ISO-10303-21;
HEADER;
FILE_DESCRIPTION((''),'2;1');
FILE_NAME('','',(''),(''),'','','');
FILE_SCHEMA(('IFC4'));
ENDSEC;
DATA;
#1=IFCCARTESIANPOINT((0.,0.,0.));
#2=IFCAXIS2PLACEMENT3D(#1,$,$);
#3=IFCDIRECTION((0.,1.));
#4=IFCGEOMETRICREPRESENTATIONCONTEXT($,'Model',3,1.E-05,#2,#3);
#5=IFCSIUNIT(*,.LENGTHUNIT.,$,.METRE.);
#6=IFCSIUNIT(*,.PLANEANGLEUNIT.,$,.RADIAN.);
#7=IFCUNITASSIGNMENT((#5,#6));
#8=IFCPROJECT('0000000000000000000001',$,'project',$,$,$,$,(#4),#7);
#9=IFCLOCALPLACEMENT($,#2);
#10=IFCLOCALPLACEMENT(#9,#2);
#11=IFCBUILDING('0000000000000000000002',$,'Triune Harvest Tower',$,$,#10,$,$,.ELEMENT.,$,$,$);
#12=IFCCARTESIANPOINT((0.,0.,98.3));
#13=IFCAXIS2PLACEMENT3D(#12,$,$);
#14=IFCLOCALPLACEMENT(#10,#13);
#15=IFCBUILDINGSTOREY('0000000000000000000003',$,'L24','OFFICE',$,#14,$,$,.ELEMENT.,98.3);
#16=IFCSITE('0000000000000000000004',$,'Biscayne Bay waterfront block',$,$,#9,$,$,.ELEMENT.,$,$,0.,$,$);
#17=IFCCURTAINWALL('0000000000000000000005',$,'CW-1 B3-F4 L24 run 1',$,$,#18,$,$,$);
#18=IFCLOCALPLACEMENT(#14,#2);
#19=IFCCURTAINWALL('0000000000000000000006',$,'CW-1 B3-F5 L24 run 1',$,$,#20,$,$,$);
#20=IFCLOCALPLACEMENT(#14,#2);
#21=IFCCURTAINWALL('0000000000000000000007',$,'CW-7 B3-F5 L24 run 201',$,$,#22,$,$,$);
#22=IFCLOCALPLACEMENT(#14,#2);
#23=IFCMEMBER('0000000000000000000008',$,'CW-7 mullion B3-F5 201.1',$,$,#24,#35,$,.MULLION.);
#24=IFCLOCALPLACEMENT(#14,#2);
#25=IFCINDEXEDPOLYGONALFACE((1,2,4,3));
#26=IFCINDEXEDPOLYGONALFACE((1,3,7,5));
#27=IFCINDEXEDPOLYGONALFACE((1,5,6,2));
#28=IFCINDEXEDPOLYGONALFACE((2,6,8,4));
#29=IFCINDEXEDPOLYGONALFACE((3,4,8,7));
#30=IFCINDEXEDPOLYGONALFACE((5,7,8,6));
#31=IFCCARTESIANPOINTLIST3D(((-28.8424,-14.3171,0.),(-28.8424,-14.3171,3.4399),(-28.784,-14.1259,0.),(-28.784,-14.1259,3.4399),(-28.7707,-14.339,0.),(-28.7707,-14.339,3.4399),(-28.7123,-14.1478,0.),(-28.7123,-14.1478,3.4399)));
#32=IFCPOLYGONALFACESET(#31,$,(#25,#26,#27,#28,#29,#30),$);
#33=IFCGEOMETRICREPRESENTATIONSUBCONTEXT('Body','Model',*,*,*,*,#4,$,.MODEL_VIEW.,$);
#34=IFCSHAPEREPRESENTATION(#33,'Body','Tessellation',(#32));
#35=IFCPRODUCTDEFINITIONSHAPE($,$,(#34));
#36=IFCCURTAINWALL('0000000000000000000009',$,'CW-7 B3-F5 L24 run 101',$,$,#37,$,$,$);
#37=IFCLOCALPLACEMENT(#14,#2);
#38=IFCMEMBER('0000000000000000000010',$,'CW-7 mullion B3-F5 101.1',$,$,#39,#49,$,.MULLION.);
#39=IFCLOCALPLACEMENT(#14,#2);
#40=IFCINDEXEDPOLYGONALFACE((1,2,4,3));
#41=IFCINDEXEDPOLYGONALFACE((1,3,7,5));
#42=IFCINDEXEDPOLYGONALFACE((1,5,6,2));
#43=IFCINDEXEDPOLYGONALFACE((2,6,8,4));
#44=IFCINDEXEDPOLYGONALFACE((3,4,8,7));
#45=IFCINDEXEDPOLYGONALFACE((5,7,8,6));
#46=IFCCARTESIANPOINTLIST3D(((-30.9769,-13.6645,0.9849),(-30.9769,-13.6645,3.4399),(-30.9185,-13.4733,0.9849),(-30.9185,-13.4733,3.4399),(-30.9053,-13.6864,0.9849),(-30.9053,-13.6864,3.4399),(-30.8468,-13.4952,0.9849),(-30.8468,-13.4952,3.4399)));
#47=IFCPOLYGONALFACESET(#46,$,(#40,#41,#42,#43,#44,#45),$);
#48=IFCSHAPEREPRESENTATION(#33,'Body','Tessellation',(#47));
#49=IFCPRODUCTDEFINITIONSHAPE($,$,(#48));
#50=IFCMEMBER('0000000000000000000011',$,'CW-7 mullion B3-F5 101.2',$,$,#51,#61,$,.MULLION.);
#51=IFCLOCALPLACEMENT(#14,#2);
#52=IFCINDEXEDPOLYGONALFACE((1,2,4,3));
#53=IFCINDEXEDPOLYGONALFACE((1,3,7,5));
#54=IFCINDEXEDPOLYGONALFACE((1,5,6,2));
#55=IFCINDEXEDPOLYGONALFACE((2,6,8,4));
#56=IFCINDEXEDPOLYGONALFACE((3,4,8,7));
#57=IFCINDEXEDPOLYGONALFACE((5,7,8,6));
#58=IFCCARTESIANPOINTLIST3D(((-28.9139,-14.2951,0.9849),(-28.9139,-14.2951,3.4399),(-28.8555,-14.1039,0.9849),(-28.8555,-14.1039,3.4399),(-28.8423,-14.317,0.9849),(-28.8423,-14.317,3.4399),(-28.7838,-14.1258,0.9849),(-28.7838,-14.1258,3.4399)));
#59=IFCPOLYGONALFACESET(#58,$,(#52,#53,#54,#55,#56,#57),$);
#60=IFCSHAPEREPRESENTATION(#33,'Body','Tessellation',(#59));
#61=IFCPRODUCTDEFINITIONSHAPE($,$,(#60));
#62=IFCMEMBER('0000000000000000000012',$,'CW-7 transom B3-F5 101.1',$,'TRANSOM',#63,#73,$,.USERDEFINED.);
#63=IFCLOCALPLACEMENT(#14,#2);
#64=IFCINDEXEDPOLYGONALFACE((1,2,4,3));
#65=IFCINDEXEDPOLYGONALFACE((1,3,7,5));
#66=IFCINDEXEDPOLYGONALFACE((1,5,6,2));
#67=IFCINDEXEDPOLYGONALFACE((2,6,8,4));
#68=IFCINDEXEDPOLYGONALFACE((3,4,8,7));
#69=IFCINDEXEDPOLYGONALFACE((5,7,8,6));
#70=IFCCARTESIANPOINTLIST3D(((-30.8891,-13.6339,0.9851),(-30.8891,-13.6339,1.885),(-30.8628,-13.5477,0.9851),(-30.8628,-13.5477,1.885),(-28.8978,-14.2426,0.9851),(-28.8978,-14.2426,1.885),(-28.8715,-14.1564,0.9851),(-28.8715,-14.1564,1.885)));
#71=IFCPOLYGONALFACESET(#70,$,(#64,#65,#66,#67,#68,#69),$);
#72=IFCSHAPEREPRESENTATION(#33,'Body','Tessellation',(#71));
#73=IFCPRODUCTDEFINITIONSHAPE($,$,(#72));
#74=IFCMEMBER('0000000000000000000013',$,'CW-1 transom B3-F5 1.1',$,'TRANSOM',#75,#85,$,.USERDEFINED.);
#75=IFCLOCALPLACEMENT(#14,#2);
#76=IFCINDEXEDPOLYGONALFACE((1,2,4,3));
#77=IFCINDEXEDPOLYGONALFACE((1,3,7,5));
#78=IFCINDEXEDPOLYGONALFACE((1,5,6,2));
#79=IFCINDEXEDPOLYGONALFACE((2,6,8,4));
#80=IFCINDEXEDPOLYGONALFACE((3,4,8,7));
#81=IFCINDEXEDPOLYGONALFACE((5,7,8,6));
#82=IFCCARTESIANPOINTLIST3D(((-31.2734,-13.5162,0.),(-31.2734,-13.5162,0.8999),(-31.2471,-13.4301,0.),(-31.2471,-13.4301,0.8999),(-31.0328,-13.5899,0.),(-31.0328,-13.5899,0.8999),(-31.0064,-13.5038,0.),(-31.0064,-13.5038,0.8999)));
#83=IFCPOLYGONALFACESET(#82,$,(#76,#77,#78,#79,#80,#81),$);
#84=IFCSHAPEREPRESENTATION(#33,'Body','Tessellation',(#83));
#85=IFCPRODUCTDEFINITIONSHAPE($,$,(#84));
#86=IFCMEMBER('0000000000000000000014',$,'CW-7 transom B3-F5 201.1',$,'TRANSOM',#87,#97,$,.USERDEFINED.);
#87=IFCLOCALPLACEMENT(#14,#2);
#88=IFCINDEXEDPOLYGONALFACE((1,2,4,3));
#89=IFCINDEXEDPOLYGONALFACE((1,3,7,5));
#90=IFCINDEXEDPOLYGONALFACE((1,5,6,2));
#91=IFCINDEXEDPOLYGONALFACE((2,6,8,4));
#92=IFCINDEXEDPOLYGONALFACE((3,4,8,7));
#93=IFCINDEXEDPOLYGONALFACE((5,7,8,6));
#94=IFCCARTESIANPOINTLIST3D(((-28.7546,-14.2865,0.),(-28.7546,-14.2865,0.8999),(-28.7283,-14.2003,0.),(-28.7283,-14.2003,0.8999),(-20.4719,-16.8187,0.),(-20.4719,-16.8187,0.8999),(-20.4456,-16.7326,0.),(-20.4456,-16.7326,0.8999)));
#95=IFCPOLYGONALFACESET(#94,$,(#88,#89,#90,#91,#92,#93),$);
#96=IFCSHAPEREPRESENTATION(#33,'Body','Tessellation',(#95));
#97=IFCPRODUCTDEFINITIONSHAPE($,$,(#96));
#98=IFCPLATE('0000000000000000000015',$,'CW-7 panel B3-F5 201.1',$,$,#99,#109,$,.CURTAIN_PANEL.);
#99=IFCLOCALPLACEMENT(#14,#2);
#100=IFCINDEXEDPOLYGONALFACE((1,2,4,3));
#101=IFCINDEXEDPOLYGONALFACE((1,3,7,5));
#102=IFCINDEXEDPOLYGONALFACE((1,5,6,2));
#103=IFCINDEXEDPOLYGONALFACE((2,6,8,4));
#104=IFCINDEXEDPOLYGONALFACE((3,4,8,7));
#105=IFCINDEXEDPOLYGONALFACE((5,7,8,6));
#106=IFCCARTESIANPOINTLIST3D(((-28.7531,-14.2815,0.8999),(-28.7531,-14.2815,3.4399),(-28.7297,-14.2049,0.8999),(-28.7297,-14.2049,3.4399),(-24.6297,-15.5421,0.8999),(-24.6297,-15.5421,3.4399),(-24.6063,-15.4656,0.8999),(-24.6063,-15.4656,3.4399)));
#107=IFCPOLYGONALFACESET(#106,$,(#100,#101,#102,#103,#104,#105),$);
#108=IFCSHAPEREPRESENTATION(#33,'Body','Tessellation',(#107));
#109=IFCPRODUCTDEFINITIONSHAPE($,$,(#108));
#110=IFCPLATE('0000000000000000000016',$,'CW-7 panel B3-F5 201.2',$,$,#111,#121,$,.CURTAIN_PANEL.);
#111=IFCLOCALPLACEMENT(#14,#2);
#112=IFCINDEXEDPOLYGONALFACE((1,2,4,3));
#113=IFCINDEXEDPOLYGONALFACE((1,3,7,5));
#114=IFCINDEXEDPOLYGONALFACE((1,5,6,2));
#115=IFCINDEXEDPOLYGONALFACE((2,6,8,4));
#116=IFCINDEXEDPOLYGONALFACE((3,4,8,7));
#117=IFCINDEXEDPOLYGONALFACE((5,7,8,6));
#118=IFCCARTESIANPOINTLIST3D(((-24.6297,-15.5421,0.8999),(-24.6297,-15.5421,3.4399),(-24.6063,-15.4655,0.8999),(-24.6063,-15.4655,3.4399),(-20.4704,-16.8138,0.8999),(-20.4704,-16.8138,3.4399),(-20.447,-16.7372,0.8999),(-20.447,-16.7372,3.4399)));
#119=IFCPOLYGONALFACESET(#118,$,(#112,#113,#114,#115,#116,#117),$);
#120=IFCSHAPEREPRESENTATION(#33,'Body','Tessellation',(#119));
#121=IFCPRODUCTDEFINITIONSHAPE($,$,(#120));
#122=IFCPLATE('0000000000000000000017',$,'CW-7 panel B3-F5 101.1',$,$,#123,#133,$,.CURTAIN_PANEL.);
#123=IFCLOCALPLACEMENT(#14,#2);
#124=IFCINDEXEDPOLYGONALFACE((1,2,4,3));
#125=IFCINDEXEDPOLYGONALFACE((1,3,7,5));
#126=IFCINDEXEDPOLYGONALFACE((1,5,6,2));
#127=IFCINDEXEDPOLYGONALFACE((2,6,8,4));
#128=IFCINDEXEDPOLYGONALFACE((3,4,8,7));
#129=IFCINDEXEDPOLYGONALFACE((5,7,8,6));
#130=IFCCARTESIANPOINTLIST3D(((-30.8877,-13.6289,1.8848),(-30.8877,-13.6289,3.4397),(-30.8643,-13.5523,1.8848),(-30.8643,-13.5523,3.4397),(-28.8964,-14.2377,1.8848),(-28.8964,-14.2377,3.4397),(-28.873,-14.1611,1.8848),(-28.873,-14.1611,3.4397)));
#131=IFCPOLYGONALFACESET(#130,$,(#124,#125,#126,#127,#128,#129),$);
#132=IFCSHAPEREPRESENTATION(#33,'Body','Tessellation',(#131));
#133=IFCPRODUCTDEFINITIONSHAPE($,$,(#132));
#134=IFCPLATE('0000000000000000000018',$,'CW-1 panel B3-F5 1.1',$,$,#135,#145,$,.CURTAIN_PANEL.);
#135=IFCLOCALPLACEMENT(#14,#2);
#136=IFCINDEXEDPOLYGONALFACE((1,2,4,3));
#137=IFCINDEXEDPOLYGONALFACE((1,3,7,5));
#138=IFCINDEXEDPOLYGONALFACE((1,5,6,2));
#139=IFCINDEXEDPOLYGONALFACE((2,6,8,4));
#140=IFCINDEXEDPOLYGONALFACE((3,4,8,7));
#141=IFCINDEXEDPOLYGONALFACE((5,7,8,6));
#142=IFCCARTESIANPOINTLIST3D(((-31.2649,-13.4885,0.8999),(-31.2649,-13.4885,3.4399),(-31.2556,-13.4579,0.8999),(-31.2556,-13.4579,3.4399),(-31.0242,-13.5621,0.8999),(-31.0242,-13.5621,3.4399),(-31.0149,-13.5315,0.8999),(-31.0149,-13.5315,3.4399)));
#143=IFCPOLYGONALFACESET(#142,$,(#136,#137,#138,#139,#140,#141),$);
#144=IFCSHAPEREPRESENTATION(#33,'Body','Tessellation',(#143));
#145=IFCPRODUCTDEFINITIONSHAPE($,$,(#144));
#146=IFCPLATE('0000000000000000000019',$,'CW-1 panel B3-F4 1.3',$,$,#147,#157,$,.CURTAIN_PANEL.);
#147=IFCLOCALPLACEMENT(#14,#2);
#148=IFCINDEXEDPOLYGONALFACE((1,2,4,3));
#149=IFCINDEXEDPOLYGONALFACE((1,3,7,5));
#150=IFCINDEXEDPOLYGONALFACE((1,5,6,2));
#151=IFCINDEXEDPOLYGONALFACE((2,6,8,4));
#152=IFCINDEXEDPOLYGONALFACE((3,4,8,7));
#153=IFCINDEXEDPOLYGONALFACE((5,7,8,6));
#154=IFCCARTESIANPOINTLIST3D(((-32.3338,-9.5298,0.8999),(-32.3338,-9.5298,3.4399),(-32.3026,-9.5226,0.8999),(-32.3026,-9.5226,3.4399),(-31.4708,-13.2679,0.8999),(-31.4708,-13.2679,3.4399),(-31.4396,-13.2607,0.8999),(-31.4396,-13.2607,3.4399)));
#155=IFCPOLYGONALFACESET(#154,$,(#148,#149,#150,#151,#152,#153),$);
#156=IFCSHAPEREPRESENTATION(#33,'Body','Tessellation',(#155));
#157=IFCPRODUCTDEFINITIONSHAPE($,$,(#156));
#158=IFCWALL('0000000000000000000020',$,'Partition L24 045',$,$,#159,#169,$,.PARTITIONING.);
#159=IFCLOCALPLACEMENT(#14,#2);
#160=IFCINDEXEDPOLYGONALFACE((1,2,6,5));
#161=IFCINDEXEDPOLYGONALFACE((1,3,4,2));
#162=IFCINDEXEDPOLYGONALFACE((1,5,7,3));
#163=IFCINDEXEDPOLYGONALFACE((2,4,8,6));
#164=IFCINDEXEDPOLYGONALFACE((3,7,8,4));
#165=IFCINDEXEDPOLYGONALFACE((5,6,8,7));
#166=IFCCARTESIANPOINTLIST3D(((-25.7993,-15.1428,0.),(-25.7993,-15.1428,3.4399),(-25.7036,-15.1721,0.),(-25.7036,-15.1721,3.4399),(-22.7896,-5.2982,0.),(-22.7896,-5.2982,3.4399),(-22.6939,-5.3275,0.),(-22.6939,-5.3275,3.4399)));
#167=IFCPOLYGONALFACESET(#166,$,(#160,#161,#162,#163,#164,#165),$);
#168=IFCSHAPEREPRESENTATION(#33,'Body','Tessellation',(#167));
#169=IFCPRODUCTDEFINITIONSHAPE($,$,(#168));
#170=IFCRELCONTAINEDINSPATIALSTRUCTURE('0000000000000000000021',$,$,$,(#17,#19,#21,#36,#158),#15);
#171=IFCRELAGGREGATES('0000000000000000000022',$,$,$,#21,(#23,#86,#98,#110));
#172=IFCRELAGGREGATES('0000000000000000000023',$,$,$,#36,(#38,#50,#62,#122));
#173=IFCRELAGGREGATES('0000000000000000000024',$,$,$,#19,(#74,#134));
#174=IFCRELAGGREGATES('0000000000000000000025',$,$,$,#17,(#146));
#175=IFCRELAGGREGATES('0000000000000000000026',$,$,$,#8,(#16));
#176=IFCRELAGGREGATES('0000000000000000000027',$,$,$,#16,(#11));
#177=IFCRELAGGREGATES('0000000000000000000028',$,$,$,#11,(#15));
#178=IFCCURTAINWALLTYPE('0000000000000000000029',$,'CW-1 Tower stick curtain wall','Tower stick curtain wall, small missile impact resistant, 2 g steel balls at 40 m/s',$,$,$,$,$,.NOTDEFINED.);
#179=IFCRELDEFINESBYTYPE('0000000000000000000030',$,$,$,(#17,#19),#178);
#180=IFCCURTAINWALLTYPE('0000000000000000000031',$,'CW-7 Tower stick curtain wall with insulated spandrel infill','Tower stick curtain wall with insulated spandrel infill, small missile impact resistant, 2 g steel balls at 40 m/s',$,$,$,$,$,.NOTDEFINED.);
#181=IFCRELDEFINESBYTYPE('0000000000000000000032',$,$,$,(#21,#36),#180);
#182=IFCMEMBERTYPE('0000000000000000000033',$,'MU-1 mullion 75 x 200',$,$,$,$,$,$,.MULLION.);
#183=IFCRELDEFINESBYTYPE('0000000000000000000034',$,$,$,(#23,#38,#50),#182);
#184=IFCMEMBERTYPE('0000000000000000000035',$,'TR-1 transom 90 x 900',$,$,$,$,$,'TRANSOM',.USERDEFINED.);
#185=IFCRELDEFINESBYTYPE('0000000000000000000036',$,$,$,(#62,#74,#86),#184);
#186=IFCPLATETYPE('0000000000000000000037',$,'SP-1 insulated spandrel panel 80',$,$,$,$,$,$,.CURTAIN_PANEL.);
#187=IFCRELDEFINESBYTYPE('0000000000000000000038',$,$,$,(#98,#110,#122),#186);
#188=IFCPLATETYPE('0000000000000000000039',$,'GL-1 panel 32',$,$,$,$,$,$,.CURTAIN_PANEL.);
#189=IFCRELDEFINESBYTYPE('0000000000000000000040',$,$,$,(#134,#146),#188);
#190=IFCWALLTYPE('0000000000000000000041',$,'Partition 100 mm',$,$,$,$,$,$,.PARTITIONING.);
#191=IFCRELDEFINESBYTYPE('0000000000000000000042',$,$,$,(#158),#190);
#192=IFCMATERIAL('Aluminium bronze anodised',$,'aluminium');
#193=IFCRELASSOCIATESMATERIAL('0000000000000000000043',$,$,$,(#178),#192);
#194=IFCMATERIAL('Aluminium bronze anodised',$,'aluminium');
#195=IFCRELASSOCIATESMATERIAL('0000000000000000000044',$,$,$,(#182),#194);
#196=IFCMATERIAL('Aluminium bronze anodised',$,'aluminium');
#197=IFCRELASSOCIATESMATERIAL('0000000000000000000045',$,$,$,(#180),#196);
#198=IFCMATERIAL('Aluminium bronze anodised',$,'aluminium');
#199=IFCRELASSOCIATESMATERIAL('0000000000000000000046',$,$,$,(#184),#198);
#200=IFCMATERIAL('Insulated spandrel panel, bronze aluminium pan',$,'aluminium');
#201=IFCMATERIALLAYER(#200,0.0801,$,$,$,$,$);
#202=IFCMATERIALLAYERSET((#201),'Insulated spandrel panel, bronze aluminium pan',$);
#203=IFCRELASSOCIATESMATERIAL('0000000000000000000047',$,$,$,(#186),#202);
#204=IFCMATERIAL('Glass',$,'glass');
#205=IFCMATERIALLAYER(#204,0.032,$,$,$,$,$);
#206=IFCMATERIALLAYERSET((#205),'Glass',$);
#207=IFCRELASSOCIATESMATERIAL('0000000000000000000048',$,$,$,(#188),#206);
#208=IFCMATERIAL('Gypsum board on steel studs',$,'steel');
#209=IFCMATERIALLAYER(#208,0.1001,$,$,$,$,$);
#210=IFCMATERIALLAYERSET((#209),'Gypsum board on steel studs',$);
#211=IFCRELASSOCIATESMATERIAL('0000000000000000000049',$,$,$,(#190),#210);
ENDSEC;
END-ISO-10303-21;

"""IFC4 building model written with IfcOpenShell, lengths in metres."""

from ifc_helpers import new_model, si_unit, direction, frame, frame_2d, origin, origin_2d, place, context, subcontext, project, spatial, rectangle, extrude, source, transform, mapped, material, layer, layer_set, material_profile, profile_set, type_object, element, aggregate, save


model = new_model("IFC4")

# Units and contexts
model_context = context("Model", 3, precision=1e-05, world=origin(), true_north=direction((0.0, 1.0)))
body_context = subcontext(model_context, "Body", "Model", "MODEL_VIEW")
ifc_project = project(units=[si_unit("LENGTHUNIT", "METRE"), si_unit("PLANEANGLEUNIT", "RADIAN")], contexts=[model_context])

# Site, building, storey
site_placement = place(None, origin())
site = spatial("IfcSite", under=ifc_project, at=site_placement, Name="Biscayne Bay waterfront block", CompositionType="ELEMENT", RefElevation=0.0)
building_placement = place(site_placement, origin())
building = spatial("IfcBuilding", under=site, at=building_placement, Name="Triune Harvest Tower", CompositionType="ELEMENT")
storey_placement = place(building_placement, frame((0.0, 0.0, 98.3)))
storey = spatial("IfcBuildingStorey", under=building, at=storey_placement, Name="L24", Description="OFFICE", CompositionType="ELEMENT", Elevation=98.3)

# Curtain wall
ifc_material_1 = material(Name="Aluminium bronze anodised", Category="aluminium")
curtain_wall_type_1 = type_object("IfcCurtainWallType", Name="CW-1 Tower stick curtain wall", Description="Tower stick curtain wall, small missile impact resistant, 2 g steel balls at 40 m/s", PredefinedType="NOTDEFINED", material=ifc_material_1)
curtain_wall_1_placement = place(storey_placement, origin())
curtain_wall_1 = element("IfcCurtainWall", 1, at=curtain_wall_1_placement, inside=storey, type_object=curtain_wall_type_1, Name="CW-1 B3-F4 L24 run 1")
ifc_material_2 = material(Name="Aluminium bronze anodised", Category="aluminium")
ifc_material_profile_1 = material_profile(ifc_material_2, rectangle(XDim=0.2, YDim=0.075, at=origin_2d()), Name="MU-1 mullion 75 x 200")
ifc_profile_set_1 = profile_set([ifc_material_profile_1], Name="Aluminium bronze anodised")
member_type_1 = type_object("IfcMemberType", Name="MU-1 mullion 75 x 200", PredefinedType="MULLION", material=ifc_profile_set_1)
shared_shape_1 = source(origin(), body_context, "Body", "SweptSolid", [
    extrude(rectangle(XDim=0.2, YDim=0.075, at=origin_2d()), origin(), (0.0, 0.0, 1.0), 3.4399),
])

# Curtain wall
curtain_wall_2_placement = place(storey_placement, origin())
curtain_wall_2 = element("IfcCurtainWall", 2, at=curtain_wall_2_placement, inside=storey, type_object=curtain_wall_type_1, Name="CW-1 B3-F5 L24 run 1")

# Curtain wall, member
ifc_material_3 = material(Name="Aluminium bronze anodised", Category="aluminium")
curtain_wall_type_2 = type_object("IfcCurtainWallType", Name="CW-7 Tower stick curtain wall with insulated spandrel infill", Description="Tower stick curtain wall with insulated spandrel infill, small missile impact resistant, 2 g steel balls at 40 m/s", PredefinedType="NOTDEFINED", material=ifc_material_3)
curtain_wall_3_placement = place(storey_placement, origin())
curtain_wall_3 = element("IfcCurtainWall", 3, at=curtain_wall_3_placement, inside=storey, type_object=curtain_wall_type_2, Name="CW-7 B3-F5 L24 run 201")
member_1_placement = place(storey_placement, frame((-28.7773, -14.2324, 0.0), z_axis=(0.0, 0.0, 1.0), x_axis=(0.292371, 0.956305, 0.0)))
member_1 = element("IfcMember", 4, at=member_1_placement, type_object=member_type_1, Name="CW-7 mullion B3-F5 201.1", PredefinedType="MULLION", context=body_context, shape_type="MappedRepresentation", body=[
    mapped(shared_shape_1, transform((0.0, 0.0, 0.0), scale=1.0)),
])

# Curtain wall, members
curtain_wall_4_placement = place(storey_placement, origin())
curtain_wall_4 = element("IfcCurtainWall", 5, at=curtain_wall_4_placement, inside=storey, type_object=curtain_wall_type_2, Name="CW-7 B3-F5 L24 run 101")
shared_shape_2 = source(origin(), body_context, "Body", "SweptSolid", [
    extrude(rectangle(XDim=0.2, YDim=0.075, at=origin_2d()), origin(), (0.0, 0.0, 1.0), 2.4551),
])
member_2_placement = place(storey_placement, frame((-30.9119, -13.5798, 0.9849), z_axis=(0.0, 0.0, 1.0), x_axis=(0.292354, 0.95631, 0.0)))
member_2 = element("IfcMember", 6, at=member_2_placement, type_object=member_type_1, Name="CW-7 mullion B3-F5 101.1", PredefinedType="MULLION", context=body_context, shape_type="MappedRepresentation", body=[
    mapped(shared_shape_2, transform((0.0, 0.0, 0.0), scale=1.0)),
])
member_3_placement = place(storey_placement, frame((-28.8489, -14.2104, 0.9849), z_axis=(0.0, 0.0, 1.0), x_axis=(0.292354, 0.95631, 0.0)))
member_3 = element("IfcMember", 7, at=member_3_placement, type_object=member_type_1, Name="CW-7 mullion B3-F5 101.2", PredefinedType="MULLION", context=body_context, shape_type="MappedRepresentation", body=[
    mapped(shared_shape_2, transform((0.0, 0.0, 0.0), scale=1.0)),
])
ifc_material_4 = material(Name="Aluminium bronze anodised", Category="aluminium")
ifc_material_profile_2 = material_profile(ifc_material_4, rectangle(XDim=0.0901, YDim=0.8999, at=origin_2d()), Name="TR-1 transom 90 x 900")
ifc_profile_set_2 = profile_set([ifc_material_profile_2], Name="Aluminium bronze anodised")
member_type_2 = type_object("IfcMemberType", Name="TR-1 transom 90 x 900", ElementType="TRANSOM", PredefinedType="USERDEFINED", material=ifc_profile_set_2)
shared_shape_3 = source(origin(), body_context, "Body", "SweptSolid", [
    extrude(rectangle(XDim=0.0901, YDim=0.8999, at=origin_2d()), origin(), (0.0, 0.0, 1.0), 2.0823),
])
member_4_placement = place(storey_placement, frame((-30.876, -13.5908, 1.4351), z_axis=(0.956322, -0.292314, 0.0), x_axis=(0.292314, 0.956322, 0.0)))
member_4 = element("IfcMember", 8, at=member_4_placement, type_object=member_type_2, Name="CW-7 transom B3-F5 101.1", ObjectType="TRANSOM", PredefinedType="USERDEFINED", context=body_context, shape_type="MappedRepresentation", body=[
    mapped(shared_shape_3, transform((0.0, 0.0, 0.0), scale=1.0)),
])

# Members
shared_shape_4 = source(origin(), body_context, "Body", "SweptSolid", [
    extrude(rectangle(XDim=0.0901, YDim=0.8999, at=origin_2d()), origin(), (0.0, 0.0, 1.0), 0.2517),
])
member_5_placement = place(storey_placement, frame((-31.2603, -13.4731, 0.45), z_axis=(0.956156, -0.292859, 0.0), x_axis=(0.292859, 0.956156, 0.0)))
member_5 = element("IfcMember", 9, at=member_5_placement, type_object=member_type_2, Name="CW-1 transom B3-F5 1.1", ObjectType="TRANSOM", PredefinedType="USERDEFINED", context=body_context, shape_type="MappedRepresentation", body=[
    mapped(shared_shape_4, transform((0.0, 0.0, 0.0), scale=1.0)),
])
shared_shape_5 = source(origin(), body_context, "Body", "SweptSolid", [
    extrude(rectangle(XDim=0.0901, YDim=0.8999, at=origin_2d()), origin(), (0.0, 0.0, 1.0), 8.6611),
])
member_6_placement = place(storey_placement, frame((-28.7415, -14.2434, 0.45), z_axis=(0.956306, -0.292366, 0.0), x_axis=(0.292366, 0.956306, 0.0)))
member_6 = element("IfcMember", 10, at=member_6_placement, type_object=member_type_2, Name="CW-7 transom B3-F5 201.1", ObjectType="TRANSOM", PredefinedType="USERDEFINED", context=body_context, shape_type="MappedRepresentation", body=[
    mapped(shared_shape_5, transform((0.0, 0.0, 0.0), scale=1.0)),
])

# Plates
ifc_material_5 = material(Name="Insulated spandrel panel, bronze aluminium pan", Category="aluminium")
ifc_layer_1 = layer(ifc_material_5, 0.0801)
ifc_layer_set_1 = layer_set([ifc_layer_1], Name="Insulated spandrel panel, bronze aluminium pan")
plate_type_1 = type_object("IfcPlateType", Name="SP-1 insulated spandrel panel 80", PredefinedType="CURTAIN_PANEL", material=ifc_layer_set_1)
shared_shape_6 = source(origin(), body_context, "Body", "SweptSolid", [
    extrude(rectangle(XDim=4.3118, YDim=0.0801, at=origin_2d()), origin(), (0.0, 0.0, 1.0), 2.54),
])
plate_1_placement = place(storey_placement, frame((-26.6797, -14.8735, 0.8999), z_axis=(0.0, 0.0, 1.0), x_axis=(0.956305, -0.292371, 0.0)))
plate_1 = element("IfcPlate", 11, at=plate_1_placement, type_object=plate_type_1, Name="CW-7 panel B3-F5 201.1", PredefinedType="CURTAIN_PANEL", context=body_context, shape_type="MappedRepresentation", body=[
    mapped(shared_shape_6, transform((0.0, 0.0, 0.0), scale=1.0)),
])
shared_shape_7 = source(origin(), body_context, "Body", "SweptSolid", [
    extrude(rectangle(XDim=4.3494, YDim=0.0801, at=origin_2d()), origin(), (0.0, 0.0, 1.0), 2.54),
])
plate_2_placement = place(storey_placement, frame((-22.5383, -16.1396, 0.8999), z_axis=(0.0, 0.0, 1.0), x_axis=(0.956305, -0.292371, 0.0)))
plate_2 = element("IfcPlate", 12, at=plate_2_placement, type_object=plate_type_1, Name="CW-7 panel B3-F5 201.2", PredefinedType="CURTAIN_PANEL", context=body_context, shape_type="MappedRepresentation", body=[
    mapped(shared_shape_7, transform((0.0, 0.0, 0.0), scale=1.0)),
])
aggregate(curtain_wall_3, [member_1, member_6, plate_1, plate_2])
shared_shape_8 = source(origin(), body_context, "Body", "SweptSolid", [
    extrude(rectangle(XDim=2.0823, YDim=0.0801, at=origin_2d()), origin(), (0.0, 0.0, 1.0), 1.5549),
])
plate_3_placement = place(storey_placement, frame((-29.8804, -13.895, 1.8848), z_axis=(0.0, 0.0, 1.0), x_axis=(0.95631, -0.292354, 0.0)))
plate_3 = element("IfcPlate", 13, at=plate_3_placement, type_object=plate_type_1, Name="CW-7 panel B3-F5 101.1", PredefinedType="CURTAIN_PANEL", context=body_context, shape_type="MappedRepresentation", body=[
    mapped(shared_shape_8, transform((0.0, 0.0, 0.0), scale=1.0)),
])
aggregate(curtain_wall_4, [member_2, member_3, member_4, plate_3])
ifc_material_6 = material(Name="Glass", Category="glass")
ifc_layer_2 = layer(ifc_material_6, 0.032)
ifc_layer_set_2 = layer_set([ifc_layer_2], Name="Glass")
plate_type_2 = type_object("IfcPlateType", Name="GL-1 panel 32", PredefinedType="CURTAIN_PANEL", material=ifc_layer_set_2)
shared_shape_9 = source(origin(), body_context, "Body", "SweptSolid", [
    extrude(rectangle(XDim=0.2517, YDim=0.032, at=origin_2d()), origin(), (0.0, 0.0, 1.0), 2.54),
])
plate_4_placement = place(storey_placement, frame((-31.1399, -13.51, 0.8999), z_axis=(0.0, 0.0, 1.0), x_axis=(0.956278, -0.292459, 0.0)))
plate_4 = element("IfcPlate", 14, at=plate_4_placement, type_object=plate_type_2, Name="CW-1 panel B3-F5 1.1", PredefinedType="CURTAIN_PANEL", context=body_context, shape_type="MappedRepresentation", body=[
    mapped(shared_shape_9, transform((0.0, 0.0, 0.0), scale=1.0)),
])
aggregate(curtain_wall_2, [member_5, plate_4])
shared_shape_10 = source(origin(), body_context, "Body", "SweptSolid", [
    extrude(rectangle(XDim=3.8364, YDim=0.032, at=origin_2d()), origin(), (0.0, 0.0, 1.0), 2.54),
])
plate_5_placement = place(storey_placement, frame((-31.8867, -11.3953, 0.8999), z_axis=(0.0, 0.0, 1.0), x_axis=(0.224947, -0.974371, 0.0)))
plate_5 = element("IfcPlate", 15, at=plate_5_placement, type_object=plate_type_2, Name="CW-1 panel B3-F4 1.3", PredefinedType="CURTAIN_PANEL", context=body_context, shape_type="MappedRepresentation", body=[
    mapped(shared_shape_10, transform((0.0, 0.0, 0.0), scale=1.0)),
])
aggregate(curtain_wall_1, [plate_5])

# Wall
ifc_material_7 = material(Name="Gypsum board on steel studs", Category="steel")
ifc_layer_3 = layer(ifc_material_7, 0.1001)
ifc_layer_set_3 = layer_set([ifc_layer_3], Name="Gypsum board on steel studs")
wall_type = type_object("IfcWallType", Name="Partition 100 mm", PredefinedType="PARTITIONING", material=ifc_layer_set_3)
wall_placement = place(storey_placement, frame((-25.7515, -15.1575, 0.0), z_axis=(0.0, 0.0, 1.0), x_axis=(0.292366, 0.956307, 0.0)))
element("IfcWall", 16, at=wall_placement, inside=storey, type_object=wall_type, Name="Partition L24 045", PredefinedType="PARTITIONING", context=body_context, shape_type="SweptSolid", body=[
    extrude(rectangle(XDim=10.2944, YDim=0.1001, at=frame_2d((5.1472, 0.0))), origin(), (0.0, 0.0, 1.0), 3.4399),
])

save(model, "model.ifc")
